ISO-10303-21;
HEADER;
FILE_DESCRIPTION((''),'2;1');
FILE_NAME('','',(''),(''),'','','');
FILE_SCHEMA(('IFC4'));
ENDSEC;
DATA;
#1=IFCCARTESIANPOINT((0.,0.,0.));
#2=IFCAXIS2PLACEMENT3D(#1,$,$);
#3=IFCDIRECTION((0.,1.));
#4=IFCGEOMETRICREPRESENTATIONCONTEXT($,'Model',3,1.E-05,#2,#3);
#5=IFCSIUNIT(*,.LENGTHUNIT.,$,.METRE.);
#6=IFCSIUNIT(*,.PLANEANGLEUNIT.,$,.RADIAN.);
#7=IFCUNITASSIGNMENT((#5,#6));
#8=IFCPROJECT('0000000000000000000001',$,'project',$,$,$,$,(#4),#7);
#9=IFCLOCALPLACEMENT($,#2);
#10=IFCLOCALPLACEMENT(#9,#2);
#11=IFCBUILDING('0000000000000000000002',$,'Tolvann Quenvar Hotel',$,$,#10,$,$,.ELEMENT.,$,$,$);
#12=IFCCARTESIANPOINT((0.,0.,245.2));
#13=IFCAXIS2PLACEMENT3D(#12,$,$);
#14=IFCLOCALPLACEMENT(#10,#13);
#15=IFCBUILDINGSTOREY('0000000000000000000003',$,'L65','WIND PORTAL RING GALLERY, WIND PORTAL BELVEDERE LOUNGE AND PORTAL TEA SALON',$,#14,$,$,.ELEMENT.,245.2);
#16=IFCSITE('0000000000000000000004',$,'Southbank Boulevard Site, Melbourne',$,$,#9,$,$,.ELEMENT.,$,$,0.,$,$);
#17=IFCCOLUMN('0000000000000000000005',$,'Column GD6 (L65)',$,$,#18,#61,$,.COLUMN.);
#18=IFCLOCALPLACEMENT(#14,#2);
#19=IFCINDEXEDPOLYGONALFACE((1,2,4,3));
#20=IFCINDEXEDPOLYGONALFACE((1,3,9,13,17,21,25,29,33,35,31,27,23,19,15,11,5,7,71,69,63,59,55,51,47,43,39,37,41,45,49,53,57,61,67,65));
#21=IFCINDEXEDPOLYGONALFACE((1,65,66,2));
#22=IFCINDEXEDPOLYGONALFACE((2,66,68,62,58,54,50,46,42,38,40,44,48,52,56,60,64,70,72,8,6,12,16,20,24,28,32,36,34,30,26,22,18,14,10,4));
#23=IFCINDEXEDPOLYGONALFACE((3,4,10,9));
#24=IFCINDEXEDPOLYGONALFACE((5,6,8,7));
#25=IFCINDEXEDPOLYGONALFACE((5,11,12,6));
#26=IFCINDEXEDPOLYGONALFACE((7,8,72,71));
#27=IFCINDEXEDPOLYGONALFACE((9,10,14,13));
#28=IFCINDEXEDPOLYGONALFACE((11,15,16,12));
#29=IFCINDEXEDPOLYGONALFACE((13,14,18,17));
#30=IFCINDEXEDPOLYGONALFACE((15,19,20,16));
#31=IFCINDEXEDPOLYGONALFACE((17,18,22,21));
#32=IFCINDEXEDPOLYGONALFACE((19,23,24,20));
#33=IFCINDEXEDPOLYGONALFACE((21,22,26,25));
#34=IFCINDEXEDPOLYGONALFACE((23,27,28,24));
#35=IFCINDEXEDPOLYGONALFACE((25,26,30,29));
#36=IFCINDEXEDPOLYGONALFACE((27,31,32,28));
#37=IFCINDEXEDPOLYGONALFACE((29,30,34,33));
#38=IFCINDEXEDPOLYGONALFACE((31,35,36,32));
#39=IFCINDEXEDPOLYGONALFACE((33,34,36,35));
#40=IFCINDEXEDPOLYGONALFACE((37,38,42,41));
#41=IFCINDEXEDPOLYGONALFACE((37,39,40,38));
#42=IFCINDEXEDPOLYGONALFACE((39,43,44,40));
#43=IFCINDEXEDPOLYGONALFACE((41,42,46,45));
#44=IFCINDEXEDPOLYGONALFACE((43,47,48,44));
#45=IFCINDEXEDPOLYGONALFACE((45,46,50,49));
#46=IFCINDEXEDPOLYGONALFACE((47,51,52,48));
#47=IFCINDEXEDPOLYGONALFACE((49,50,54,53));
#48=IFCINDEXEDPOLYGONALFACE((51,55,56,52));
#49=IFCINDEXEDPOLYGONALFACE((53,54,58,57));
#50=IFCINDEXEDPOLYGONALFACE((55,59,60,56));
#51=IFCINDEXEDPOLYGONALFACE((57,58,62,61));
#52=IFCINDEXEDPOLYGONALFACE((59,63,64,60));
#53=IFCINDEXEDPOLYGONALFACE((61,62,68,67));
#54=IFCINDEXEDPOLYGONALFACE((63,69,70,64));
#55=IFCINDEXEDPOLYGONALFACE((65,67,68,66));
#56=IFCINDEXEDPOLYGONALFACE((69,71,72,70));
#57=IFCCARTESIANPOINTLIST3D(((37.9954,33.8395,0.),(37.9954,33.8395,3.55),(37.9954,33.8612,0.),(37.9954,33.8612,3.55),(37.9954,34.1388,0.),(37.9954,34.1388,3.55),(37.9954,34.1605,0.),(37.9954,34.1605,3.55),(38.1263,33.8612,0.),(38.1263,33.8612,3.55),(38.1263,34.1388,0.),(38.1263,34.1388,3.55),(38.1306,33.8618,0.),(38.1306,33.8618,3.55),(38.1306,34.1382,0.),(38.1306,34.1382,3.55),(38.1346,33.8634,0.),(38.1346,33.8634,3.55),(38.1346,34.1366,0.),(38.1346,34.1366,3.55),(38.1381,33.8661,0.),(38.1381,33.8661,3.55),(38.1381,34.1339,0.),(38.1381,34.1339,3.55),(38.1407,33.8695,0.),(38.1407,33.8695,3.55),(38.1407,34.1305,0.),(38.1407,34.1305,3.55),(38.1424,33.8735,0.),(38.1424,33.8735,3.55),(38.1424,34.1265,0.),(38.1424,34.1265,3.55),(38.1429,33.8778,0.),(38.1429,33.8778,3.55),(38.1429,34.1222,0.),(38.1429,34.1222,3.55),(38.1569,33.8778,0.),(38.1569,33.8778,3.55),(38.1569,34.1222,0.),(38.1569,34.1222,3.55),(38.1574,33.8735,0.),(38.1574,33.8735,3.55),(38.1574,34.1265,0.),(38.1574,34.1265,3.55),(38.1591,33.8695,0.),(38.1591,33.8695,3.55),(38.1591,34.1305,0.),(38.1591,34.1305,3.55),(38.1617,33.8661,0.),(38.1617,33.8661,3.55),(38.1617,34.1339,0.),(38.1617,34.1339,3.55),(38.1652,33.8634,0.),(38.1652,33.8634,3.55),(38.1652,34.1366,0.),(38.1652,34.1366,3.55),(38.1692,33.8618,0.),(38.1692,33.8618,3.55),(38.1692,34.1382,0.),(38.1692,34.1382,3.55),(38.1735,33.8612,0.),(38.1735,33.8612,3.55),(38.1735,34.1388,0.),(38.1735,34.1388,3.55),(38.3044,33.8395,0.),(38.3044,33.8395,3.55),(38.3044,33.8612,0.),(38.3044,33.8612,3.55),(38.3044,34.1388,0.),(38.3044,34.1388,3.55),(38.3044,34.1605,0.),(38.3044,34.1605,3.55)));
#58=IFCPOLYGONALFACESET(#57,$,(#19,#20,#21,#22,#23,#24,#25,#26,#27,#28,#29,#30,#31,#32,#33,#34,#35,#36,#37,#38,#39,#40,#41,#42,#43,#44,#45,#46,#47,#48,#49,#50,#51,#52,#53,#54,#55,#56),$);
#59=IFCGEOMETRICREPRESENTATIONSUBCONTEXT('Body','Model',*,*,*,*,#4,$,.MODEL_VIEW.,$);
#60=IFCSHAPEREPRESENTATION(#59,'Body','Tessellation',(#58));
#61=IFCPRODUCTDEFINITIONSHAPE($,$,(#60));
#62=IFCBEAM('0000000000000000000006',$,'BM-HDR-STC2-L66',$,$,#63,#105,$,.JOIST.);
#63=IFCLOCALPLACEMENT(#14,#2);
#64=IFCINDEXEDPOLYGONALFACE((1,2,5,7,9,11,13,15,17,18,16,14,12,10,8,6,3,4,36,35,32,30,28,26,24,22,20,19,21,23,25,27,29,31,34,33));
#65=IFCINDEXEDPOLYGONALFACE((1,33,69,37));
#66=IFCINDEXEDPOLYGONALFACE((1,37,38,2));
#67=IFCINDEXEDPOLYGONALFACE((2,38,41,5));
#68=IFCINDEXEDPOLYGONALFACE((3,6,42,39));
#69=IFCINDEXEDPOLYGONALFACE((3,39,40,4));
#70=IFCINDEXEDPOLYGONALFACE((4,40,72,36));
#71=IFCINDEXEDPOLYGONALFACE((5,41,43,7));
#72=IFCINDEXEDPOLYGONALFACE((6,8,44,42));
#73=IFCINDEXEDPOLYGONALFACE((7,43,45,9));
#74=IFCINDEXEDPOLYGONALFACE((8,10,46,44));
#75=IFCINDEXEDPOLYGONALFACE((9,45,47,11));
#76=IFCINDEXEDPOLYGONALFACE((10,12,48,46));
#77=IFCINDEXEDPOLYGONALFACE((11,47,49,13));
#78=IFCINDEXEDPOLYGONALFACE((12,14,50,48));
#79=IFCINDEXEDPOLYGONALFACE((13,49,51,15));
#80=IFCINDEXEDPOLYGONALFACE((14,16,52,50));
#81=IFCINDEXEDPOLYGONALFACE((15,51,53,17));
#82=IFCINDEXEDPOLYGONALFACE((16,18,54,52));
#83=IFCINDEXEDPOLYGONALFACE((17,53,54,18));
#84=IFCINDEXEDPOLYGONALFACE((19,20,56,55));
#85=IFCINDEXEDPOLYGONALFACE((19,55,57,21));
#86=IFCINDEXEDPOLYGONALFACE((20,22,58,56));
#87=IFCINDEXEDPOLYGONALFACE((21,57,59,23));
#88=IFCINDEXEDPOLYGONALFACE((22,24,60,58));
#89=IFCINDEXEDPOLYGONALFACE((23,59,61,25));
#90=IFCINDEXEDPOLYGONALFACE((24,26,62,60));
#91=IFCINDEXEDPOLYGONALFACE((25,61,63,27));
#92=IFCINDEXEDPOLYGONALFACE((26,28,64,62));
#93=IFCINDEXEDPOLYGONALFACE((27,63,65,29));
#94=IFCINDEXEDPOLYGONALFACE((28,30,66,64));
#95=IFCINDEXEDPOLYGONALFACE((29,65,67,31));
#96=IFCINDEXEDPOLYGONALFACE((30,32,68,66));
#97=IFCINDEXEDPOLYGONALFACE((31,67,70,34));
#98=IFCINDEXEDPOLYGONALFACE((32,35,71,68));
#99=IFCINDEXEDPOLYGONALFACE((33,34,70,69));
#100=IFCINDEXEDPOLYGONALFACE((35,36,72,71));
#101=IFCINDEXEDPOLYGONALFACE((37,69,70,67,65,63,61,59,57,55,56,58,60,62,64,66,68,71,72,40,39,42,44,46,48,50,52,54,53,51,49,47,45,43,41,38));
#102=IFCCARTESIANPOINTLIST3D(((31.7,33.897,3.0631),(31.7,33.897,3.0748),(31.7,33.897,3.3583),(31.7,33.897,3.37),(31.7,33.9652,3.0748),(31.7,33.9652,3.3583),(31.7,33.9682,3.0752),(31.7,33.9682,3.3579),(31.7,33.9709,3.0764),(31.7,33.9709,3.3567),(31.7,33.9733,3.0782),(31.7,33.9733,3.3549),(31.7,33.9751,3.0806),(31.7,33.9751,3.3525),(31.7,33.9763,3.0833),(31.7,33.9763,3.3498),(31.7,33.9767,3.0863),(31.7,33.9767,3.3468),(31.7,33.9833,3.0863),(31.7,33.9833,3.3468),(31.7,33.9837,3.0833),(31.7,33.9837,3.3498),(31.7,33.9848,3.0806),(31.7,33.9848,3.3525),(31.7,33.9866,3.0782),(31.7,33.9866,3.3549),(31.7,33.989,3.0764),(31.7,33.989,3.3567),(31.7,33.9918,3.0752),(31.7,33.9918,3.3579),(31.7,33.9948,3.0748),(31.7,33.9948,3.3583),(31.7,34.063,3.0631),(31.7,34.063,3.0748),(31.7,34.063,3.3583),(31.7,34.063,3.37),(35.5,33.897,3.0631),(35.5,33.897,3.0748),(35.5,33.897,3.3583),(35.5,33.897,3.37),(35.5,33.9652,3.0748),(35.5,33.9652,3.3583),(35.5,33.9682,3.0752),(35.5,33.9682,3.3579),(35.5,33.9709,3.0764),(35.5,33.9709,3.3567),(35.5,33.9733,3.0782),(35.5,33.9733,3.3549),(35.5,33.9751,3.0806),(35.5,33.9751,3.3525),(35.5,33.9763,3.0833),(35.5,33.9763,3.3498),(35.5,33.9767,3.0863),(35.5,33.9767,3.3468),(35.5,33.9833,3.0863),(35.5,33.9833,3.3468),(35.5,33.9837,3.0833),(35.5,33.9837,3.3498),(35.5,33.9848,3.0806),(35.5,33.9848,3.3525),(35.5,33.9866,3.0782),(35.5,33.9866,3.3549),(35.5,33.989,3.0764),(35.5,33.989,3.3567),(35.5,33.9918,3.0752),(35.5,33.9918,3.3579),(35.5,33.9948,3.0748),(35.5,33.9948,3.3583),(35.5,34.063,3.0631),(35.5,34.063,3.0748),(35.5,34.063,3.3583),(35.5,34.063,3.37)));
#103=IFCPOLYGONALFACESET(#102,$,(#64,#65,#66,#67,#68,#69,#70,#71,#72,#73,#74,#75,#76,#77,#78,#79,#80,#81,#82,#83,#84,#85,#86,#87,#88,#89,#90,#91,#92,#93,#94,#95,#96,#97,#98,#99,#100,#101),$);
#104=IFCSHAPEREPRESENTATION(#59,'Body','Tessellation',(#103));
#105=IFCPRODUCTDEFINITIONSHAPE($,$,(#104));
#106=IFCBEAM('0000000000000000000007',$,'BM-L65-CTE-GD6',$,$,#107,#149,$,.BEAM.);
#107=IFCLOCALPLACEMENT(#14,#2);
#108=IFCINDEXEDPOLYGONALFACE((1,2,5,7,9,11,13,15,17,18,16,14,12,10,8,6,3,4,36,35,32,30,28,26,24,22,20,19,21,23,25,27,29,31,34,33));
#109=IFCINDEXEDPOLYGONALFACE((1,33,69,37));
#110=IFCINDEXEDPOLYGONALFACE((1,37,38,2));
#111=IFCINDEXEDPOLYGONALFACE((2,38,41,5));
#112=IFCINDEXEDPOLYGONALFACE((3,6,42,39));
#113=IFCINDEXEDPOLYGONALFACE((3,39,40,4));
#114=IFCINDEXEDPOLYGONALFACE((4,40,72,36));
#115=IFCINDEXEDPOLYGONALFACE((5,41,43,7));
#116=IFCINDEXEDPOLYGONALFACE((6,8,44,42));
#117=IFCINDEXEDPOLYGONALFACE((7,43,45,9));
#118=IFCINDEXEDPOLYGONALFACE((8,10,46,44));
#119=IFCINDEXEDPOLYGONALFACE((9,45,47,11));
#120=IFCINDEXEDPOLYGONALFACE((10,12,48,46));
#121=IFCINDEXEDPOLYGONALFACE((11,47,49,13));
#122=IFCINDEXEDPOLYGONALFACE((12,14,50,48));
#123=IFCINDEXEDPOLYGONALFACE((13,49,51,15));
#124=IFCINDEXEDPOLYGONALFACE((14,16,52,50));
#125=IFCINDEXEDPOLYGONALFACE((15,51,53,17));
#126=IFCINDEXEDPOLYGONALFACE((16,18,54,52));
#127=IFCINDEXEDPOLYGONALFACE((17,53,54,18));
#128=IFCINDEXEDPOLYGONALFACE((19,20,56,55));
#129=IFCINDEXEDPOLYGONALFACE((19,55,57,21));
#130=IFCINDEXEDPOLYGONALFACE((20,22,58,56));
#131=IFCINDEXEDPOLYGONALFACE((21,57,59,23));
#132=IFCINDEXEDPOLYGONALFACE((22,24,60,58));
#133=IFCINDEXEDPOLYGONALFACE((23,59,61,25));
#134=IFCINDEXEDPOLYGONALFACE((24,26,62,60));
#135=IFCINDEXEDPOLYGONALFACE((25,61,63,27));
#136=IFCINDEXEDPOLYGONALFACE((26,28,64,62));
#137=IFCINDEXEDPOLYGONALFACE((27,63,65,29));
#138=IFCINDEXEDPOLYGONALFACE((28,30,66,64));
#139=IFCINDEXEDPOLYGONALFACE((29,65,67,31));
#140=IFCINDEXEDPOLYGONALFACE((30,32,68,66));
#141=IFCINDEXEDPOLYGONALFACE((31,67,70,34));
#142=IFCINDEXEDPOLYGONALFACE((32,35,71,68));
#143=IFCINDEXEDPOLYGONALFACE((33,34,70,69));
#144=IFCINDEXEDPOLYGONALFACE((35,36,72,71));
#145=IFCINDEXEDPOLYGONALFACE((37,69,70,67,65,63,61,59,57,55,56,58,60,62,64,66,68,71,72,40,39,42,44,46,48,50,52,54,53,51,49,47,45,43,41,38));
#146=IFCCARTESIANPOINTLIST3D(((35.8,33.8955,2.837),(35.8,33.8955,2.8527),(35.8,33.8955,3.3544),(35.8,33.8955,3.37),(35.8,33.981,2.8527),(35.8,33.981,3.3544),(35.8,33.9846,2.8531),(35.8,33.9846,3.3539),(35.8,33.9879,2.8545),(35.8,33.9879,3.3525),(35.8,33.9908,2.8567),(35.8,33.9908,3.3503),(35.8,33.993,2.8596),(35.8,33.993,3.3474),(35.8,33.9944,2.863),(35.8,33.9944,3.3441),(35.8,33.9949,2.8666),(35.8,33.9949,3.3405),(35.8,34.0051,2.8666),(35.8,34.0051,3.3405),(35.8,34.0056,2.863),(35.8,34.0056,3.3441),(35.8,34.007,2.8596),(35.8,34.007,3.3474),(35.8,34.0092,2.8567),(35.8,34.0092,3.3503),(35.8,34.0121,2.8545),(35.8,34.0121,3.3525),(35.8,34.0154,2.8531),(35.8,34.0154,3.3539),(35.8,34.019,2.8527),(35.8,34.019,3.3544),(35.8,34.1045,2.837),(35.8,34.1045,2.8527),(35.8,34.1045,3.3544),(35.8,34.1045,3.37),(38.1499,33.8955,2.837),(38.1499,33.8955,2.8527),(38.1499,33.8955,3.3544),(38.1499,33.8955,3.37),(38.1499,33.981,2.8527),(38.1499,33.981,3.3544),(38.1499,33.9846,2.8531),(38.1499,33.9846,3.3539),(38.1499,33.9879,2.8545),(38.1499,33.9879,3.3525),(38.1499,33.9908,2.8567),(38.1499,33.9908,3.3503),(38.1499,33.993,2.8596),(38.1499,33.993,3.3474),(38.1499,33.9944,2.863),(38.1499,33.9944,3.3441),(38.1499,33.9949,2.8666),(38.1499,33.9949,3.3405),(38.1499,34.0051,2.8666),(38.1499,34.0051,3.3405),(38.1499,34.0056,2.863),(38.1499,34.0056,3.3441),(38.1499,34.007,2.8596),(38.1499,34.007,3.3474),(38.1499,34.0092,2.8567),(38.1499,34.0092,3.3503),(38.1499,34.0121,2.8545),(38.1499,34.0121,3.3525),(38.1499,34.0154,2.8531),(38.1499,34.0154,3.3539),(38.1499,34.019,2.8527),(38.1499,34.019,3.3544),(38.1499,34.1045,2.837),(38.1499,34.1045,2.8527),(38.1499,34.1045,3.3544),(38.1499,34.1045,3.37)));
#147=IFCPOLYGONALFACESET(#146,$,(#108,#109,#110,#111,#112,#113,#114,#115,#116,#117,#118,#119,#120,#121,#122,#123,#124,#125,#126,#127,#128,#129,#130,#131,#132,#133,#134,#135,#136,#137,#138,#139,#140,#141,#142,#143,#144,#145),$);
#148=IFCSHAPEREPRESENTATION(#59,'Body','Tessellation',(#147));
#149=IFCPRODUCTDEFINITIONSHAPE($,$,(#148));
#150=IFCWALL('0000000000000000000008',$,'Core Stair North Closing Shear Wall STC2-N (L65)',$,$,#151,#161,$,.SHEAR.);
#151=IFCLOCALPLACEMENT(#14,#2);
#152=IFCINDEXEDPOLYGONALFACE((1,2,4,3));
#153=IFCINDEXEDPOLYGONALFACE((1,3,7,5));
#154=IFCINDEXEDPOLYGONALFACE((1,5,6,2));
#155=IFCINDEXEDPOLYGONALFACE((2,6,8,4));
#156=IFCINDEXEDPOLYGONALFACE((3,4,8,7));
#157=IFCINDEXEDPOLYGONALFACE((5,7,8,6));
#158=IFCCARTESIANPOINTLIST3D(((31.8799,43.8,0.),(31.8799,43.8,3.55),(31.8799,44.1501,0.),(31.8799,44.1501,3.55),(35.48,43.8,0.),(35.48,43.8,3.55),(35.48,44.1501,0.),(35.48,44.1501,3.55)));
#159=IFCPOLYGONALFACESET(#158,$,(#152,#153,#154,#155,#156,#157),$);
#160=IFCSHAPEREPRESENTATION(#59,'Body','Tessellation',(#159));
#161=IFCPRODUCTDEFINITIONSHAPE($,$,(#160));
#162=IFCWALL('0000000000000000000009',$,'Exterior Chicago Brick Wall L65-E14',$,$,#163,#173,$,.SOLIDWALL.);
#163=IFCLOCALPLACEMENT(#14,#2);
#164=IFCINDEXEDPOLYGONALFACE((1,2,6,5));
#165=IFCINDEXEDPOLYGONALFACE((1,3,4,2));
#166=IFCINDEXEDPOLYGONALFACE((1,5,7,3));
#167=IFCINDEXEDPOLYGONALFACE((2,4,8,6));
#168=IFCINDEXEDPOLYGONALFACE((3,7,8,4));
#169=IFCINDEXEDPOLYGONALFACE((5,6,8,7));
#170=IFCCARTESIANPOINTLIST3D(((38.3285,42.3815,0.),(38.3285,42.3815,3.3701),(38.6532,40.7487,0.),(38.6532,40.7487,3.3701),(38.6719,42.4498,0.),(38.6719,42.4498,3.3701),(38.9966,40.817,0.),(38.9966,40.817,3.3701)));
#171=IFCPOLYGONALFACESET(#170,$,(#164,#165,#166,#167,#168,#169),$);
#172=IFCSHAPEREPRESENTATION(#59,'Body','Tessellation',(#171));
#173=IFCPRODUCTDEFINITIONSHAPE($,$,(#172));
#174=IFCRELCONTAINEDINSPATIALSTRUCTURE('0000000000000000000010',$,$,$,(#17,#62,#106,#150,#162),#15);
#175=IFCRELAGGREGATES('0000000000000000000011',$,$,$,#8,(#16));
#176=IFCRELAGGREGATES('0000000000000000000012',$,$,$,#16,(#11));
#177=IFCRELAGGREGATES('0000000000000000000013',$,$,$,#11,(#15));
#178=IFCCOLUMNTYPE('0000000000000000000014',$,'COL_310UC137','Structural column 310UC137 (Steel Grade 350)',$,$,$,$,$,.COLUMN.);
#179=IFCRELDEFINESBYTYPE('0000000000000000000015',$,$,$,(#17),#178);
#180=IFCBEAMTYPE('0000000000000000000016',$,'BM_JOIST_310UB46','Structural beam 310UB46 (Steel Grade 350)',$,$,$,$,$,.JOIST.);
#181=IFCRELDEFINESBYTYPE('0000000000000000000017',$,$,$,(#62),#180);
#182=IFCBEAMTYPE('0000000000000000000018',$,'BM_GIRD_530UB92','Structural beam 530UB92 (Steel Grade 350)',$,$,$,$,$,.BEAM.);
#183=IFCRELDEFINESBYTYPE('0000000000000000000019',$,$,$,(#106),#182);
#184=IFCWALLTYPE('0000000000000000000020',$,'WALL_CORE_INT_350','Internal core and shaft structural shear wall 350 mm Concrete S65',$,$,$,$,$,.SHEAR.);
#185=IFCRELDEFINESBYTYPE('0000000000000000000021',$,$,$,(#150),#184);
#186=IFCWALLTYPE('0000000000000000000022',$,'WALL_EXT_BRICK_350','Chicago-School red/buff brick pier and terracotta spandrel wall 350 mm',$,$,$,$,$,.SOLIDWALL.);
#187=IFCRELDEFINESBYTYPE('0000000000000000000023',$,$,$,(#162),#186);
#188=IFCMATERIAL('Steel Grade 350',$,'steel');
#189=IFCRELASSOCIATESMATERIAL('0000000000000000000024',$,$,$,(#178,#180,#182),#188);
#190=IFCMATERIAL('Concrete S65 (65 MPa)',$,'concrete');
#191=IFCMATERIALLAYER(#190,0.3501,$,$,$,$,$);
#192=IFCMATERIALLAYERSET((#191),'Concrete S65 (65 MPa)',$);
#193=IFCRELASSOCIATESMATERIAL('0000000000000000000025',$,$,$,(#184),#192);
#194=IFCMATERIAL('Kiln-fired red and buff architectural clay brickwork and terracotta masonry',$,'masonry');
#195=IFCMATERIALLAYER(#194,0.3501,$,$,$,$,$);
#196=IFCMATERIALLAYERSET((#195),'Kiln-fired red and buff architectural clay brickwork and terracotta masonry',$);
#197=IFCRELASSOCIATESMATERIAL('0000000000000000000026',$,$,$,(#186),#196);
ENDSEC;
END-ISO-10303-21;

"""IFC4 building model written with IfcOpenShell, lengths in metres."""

from ifc_helpers import new_model, si_unit, direction, frame, frame_2d, origin, origin_2d, place, context, subcontext, project, spatial, rectangle, i_section, extrude, source, transform, mapped, material, layer, layer_set, material_profile, profile_set, type_object, type_shapes, element, save


model = new_model("IFC4")

# Units and contexts
model_context = context("Model", 3, precision=1e-05, world=origin(), true_north=direction((0.0, 1.0)))
body_context = subcontext(model_context, "Body", "Model", "MODEL_VIEW")
ifc_project = project(units=[si_unit("LENGTHUNIT", "METRE"), si_unit("PLANEANGLEUNIT", "RADIAN")], contexts=[model_context])

# Site, building, storey
site_placement = place(None, origin())
site = spatial("IfcSite", under=ifc_project, at=site_placement, Name="Southbank Boulevard Site, Melbourne", CompositionType="ELEMENT", RefElevation=0.0)
building_placement = place(site_placement, origin())
building = spatial("IfcBuilding", under=site, at=building_placement, Name="Tolvann Quenvar Hotel", CompositionType="ELEMENT")
storey_placement = place(building_placement, frame((0.0, 0.0, 245.2)))
storey = spatial("IfcBuildingStorey", under=building, at=storey_placement, Name="L65", Description="WIND PORTAL RING GALLERY, WIND PORTAL BELVEDERE LOUNGE AND PORTAL TEA SALON", CompositionType="ELEMENT", Elevation=245.2)

# Column
ifc_material_1 = material(Name="Steel Grade 350", Category="steel")
ifc_material_profile_1 = material_profile(ifc_material_1, i_section(OverallWidth=0.3091, OverallDepth=0.321, WebThickness=0.0139, FlangeThickness=0.0217, FilletRadius=0.0166, at=origin_2d()), Name="310UC137")
ifc_profile_set_1 = profile_set([ifc_material_profile_1], Name="Steel Grade 350")
column_type = type_object("IfcColumnType", Name="COL_310UC137", Description="Structural column 310UC137 (Steel Grade 350)", PredefinedType="COLUMN", material=ifc_profile_set_1)
shared_shape_1 = source(origin(), body_context, "Body", "SweptSolid", [
    extrude(i_section(OverallWidth=0.3091, OverallDepth=0.321, WebThickness=0.0139, FlangeThickness=0.0217, FilletRadius=0.0166, at=origin_2d()), origin(), (0.0, 0.0, 1.0), 3.55),
])
type_shapes(column_type, [shared_shape_1])
column_placement = place(storey_placement, frame((38.1499, 34.0, 0.0), z_axis=(0.0, 0.0, 1.0), x_axis=(1.0, 0.0, 0.0)))
element("IfcColumn", 1, at=column_placement, inside=storey, type_object=column_type, Name="Column GD6 (L65)", PredefinedType="COLUMN", context=body_context, shape_type="MappedRepresentation", body=[
    mapped(shared_shape_1, transform((0.0, 0.0, 0.0), x_axis=(1.0, 0.0, 0.0), y_axis=(0.0, 1.0, 0.0), z_axis=(0.0, 0.0, 1.0), scale=1.0)),
])

# Beams
ifc_material_profile_2 = material_profile(ifc_material_1, i_section(OverallWidth=0.166, OverallDepth=0.3069, WebThickness=0.0066, FlangeThickness=0.0117, FilletRadius=0.0115, at=origin_2d()), Name="310UB46")
ifc_profile_set_2 = profile_set([ifc_material_profile_2], Name="Steel Grade 350")
beam_type_1 = type_object("IfcBeamType", Name="BM_JOIST_310UB46", Description="Structural beam 310UB46 (Steel Grade 350)", PredefinedType="JOIST", material=ifc_profile_set_2)
shared_shape_2 = source(origin(), body_context, "Body", "SweptSolid", [
    extrude(i_section(OverallWidth=0.166, OverallDepth=0.3069, WebThickness=0.0066, FlangeThickness=0.0117, FilletRadius=0.0115, at=origin_2d()), origin(), (0.0, 0.0, 1.0), 3.8),
])
type_shapes(beam_type_1, [shared_shape_2])
beam_1_placement = place(storey_placement, frame((31.7, 33.98, 3.2166), z_axis=(1.0, 0.0, 0.0), x_axis=(0.0, 1.0, 0.0)))
element("IfcBeam", 2, at=beam_1_placement, inside=storey, type_object=beam_type_1, Name="BM-HDR-STC2-L66", PredefinedType="JOIST", context=body_context, shape_type="MappedRepresentation", body=[
    mapped(shared_shape_2, transform((0.0, 0.0, 0.0), x_axis=(1.0, 0.0, 0.0), y_axis=(0.0, 1.0, 0.0), z_axis=(0.0, 0.0, 1.0), scale=1.0)),
])
ifc_material_profile_3 = material_profile(ifc_material_1, i_section(OverallWidth=0.209, OverallDepth=0.533, WebThickness=0.0103, FlangeThickness=0.0156, FilletRadius=0.0139, at=origin_2d()), Name="530UB92")
ifc_profile_set_3 = profile_set([ifc_material_profile_3], Name="Steel Grade 350")
beam_type_2 = type_object("IfcBeamType", Name="BM_GIRD_530UB92", Description="Structural beam 530UB92 (Steel Grade 350)", PredefinedType="BEAM", material=ifc_profile_set_3)
shared_shape_3 = source(origin(), body_context, "Body", "SweptSolid", [
    extrude(i_section(OverallWidth=0.209, OverallDepth=0.533, WebThickness=0.0103, FlangeThickness=0.0156, FilletRadius=0.0139, at=origin_2d()), origin(), (0.0, 0.0, 1.0), 2.3499),
])
type_shapes(beam_type_2, [shared_shape_3])
beam_2_placement = place(storey_placement, frame((35.8, 34.0, 3.1035), z_axis=(1.0, 0.0, 0.0), x_axis=(0.0, 1.0, 0.0)))
element("IfcBeam", 3, at=beam_2_placement, inside=storey, type_object=beam_type_2, Name="BM-L65-CTE-GD6", PredefinedType="BEAM", context=body_context, shape_type="MappedRepresentation", body=[
    mapped(shared_shape_3, transform((0.0, 0.0, 0.0), x_axis=(1.0, 0.0, 0.0), y_axis=(0.0, 1.0, 0.0), z_axis=(0.0, 0.0, 1.0), scale=1.0)),
])

# Walls
ifc_material_2 = material(Name="Concrete S65 (65 MPa)", Category="concrete")
ifc_layer_1 = layer(ifc_material_2, 0.3501)
ifc_layer_set_1 = layer_set([ifc_layer_1], Name="Concrete S65 (65 MPa)")
wall_type_1 = type_object("IfcWallType", Name="WALL_CORE_INT_350", Description="Internal core and shaft structural shear wall 350 mm Concrete S65", PredefinedType="SHEAR", material=ifc_layer_set_1)
wall_1_placement = place(storey_placement, frame((31.8799, 43.9751, 0.0), z_axis=(0.0, 0.0, 1.0), x_axis=(1.0, 0.0, 0.0)))
element("IfcWall", 4, at=wall_1_placement, inside=storey, type_object=wall_type_1, Name="Core Stair North Closing Shear Wall STC2-N (L65)", PredefinedType="SHEAR", context=body_context, shape_type="SweptSolid", body=[
    extrude(rectangle(XDim=3.6001, YDim=0.3501, at=frame_2d((1.8, 0.0))), origin(), (0.0, 0.0, 1.0), 3.55),
])
ifc_material_3 = material(Name="Kiln-fired red and buff architectural clay brickwork and terracotta masonry", Category="masonry")
ifc_layer_2 = layer(ifc_material_3, 0.3501)
ifc_layer_set_2 = layer_set([ifc_layer_2], Name="Kiln-fired red and buff architectural clay brickwork and terracotta masonry")
wall_type_2 = type_object("IfcWallType", Name="WALL_EXT_BRICK_350", Description="Chicago-School red/buff brick pier and terracotta spandrel wall 350 mm", PredefinedType="SOLIDWALL", material=ifc_layer_set_2)
wall_2_placement = place(storey_placement, frame((38.825, 40.7827, 0.0), z_axis=(0.0, 0.0, 1.0), x_axis=(-0.195044, 0.980794, 0.0)))
element("IfcWall", 5, at=wall_2_placement, inside=storey, type_object=wall_type_2, Name="Exterior Chicago Brick Wall L65-E14", PredefinedType="SOLIDWALL", context=body_context, shape_type="SweptSolid", body=[
    extrude(rectangle(XDim=1.6648, YDim=0.3501, at=frame_2d((0.8325, 0.0))), origin(), (0.0, 0.0, 1.0), 3.3701),
])

save(model, "model.ifc")
